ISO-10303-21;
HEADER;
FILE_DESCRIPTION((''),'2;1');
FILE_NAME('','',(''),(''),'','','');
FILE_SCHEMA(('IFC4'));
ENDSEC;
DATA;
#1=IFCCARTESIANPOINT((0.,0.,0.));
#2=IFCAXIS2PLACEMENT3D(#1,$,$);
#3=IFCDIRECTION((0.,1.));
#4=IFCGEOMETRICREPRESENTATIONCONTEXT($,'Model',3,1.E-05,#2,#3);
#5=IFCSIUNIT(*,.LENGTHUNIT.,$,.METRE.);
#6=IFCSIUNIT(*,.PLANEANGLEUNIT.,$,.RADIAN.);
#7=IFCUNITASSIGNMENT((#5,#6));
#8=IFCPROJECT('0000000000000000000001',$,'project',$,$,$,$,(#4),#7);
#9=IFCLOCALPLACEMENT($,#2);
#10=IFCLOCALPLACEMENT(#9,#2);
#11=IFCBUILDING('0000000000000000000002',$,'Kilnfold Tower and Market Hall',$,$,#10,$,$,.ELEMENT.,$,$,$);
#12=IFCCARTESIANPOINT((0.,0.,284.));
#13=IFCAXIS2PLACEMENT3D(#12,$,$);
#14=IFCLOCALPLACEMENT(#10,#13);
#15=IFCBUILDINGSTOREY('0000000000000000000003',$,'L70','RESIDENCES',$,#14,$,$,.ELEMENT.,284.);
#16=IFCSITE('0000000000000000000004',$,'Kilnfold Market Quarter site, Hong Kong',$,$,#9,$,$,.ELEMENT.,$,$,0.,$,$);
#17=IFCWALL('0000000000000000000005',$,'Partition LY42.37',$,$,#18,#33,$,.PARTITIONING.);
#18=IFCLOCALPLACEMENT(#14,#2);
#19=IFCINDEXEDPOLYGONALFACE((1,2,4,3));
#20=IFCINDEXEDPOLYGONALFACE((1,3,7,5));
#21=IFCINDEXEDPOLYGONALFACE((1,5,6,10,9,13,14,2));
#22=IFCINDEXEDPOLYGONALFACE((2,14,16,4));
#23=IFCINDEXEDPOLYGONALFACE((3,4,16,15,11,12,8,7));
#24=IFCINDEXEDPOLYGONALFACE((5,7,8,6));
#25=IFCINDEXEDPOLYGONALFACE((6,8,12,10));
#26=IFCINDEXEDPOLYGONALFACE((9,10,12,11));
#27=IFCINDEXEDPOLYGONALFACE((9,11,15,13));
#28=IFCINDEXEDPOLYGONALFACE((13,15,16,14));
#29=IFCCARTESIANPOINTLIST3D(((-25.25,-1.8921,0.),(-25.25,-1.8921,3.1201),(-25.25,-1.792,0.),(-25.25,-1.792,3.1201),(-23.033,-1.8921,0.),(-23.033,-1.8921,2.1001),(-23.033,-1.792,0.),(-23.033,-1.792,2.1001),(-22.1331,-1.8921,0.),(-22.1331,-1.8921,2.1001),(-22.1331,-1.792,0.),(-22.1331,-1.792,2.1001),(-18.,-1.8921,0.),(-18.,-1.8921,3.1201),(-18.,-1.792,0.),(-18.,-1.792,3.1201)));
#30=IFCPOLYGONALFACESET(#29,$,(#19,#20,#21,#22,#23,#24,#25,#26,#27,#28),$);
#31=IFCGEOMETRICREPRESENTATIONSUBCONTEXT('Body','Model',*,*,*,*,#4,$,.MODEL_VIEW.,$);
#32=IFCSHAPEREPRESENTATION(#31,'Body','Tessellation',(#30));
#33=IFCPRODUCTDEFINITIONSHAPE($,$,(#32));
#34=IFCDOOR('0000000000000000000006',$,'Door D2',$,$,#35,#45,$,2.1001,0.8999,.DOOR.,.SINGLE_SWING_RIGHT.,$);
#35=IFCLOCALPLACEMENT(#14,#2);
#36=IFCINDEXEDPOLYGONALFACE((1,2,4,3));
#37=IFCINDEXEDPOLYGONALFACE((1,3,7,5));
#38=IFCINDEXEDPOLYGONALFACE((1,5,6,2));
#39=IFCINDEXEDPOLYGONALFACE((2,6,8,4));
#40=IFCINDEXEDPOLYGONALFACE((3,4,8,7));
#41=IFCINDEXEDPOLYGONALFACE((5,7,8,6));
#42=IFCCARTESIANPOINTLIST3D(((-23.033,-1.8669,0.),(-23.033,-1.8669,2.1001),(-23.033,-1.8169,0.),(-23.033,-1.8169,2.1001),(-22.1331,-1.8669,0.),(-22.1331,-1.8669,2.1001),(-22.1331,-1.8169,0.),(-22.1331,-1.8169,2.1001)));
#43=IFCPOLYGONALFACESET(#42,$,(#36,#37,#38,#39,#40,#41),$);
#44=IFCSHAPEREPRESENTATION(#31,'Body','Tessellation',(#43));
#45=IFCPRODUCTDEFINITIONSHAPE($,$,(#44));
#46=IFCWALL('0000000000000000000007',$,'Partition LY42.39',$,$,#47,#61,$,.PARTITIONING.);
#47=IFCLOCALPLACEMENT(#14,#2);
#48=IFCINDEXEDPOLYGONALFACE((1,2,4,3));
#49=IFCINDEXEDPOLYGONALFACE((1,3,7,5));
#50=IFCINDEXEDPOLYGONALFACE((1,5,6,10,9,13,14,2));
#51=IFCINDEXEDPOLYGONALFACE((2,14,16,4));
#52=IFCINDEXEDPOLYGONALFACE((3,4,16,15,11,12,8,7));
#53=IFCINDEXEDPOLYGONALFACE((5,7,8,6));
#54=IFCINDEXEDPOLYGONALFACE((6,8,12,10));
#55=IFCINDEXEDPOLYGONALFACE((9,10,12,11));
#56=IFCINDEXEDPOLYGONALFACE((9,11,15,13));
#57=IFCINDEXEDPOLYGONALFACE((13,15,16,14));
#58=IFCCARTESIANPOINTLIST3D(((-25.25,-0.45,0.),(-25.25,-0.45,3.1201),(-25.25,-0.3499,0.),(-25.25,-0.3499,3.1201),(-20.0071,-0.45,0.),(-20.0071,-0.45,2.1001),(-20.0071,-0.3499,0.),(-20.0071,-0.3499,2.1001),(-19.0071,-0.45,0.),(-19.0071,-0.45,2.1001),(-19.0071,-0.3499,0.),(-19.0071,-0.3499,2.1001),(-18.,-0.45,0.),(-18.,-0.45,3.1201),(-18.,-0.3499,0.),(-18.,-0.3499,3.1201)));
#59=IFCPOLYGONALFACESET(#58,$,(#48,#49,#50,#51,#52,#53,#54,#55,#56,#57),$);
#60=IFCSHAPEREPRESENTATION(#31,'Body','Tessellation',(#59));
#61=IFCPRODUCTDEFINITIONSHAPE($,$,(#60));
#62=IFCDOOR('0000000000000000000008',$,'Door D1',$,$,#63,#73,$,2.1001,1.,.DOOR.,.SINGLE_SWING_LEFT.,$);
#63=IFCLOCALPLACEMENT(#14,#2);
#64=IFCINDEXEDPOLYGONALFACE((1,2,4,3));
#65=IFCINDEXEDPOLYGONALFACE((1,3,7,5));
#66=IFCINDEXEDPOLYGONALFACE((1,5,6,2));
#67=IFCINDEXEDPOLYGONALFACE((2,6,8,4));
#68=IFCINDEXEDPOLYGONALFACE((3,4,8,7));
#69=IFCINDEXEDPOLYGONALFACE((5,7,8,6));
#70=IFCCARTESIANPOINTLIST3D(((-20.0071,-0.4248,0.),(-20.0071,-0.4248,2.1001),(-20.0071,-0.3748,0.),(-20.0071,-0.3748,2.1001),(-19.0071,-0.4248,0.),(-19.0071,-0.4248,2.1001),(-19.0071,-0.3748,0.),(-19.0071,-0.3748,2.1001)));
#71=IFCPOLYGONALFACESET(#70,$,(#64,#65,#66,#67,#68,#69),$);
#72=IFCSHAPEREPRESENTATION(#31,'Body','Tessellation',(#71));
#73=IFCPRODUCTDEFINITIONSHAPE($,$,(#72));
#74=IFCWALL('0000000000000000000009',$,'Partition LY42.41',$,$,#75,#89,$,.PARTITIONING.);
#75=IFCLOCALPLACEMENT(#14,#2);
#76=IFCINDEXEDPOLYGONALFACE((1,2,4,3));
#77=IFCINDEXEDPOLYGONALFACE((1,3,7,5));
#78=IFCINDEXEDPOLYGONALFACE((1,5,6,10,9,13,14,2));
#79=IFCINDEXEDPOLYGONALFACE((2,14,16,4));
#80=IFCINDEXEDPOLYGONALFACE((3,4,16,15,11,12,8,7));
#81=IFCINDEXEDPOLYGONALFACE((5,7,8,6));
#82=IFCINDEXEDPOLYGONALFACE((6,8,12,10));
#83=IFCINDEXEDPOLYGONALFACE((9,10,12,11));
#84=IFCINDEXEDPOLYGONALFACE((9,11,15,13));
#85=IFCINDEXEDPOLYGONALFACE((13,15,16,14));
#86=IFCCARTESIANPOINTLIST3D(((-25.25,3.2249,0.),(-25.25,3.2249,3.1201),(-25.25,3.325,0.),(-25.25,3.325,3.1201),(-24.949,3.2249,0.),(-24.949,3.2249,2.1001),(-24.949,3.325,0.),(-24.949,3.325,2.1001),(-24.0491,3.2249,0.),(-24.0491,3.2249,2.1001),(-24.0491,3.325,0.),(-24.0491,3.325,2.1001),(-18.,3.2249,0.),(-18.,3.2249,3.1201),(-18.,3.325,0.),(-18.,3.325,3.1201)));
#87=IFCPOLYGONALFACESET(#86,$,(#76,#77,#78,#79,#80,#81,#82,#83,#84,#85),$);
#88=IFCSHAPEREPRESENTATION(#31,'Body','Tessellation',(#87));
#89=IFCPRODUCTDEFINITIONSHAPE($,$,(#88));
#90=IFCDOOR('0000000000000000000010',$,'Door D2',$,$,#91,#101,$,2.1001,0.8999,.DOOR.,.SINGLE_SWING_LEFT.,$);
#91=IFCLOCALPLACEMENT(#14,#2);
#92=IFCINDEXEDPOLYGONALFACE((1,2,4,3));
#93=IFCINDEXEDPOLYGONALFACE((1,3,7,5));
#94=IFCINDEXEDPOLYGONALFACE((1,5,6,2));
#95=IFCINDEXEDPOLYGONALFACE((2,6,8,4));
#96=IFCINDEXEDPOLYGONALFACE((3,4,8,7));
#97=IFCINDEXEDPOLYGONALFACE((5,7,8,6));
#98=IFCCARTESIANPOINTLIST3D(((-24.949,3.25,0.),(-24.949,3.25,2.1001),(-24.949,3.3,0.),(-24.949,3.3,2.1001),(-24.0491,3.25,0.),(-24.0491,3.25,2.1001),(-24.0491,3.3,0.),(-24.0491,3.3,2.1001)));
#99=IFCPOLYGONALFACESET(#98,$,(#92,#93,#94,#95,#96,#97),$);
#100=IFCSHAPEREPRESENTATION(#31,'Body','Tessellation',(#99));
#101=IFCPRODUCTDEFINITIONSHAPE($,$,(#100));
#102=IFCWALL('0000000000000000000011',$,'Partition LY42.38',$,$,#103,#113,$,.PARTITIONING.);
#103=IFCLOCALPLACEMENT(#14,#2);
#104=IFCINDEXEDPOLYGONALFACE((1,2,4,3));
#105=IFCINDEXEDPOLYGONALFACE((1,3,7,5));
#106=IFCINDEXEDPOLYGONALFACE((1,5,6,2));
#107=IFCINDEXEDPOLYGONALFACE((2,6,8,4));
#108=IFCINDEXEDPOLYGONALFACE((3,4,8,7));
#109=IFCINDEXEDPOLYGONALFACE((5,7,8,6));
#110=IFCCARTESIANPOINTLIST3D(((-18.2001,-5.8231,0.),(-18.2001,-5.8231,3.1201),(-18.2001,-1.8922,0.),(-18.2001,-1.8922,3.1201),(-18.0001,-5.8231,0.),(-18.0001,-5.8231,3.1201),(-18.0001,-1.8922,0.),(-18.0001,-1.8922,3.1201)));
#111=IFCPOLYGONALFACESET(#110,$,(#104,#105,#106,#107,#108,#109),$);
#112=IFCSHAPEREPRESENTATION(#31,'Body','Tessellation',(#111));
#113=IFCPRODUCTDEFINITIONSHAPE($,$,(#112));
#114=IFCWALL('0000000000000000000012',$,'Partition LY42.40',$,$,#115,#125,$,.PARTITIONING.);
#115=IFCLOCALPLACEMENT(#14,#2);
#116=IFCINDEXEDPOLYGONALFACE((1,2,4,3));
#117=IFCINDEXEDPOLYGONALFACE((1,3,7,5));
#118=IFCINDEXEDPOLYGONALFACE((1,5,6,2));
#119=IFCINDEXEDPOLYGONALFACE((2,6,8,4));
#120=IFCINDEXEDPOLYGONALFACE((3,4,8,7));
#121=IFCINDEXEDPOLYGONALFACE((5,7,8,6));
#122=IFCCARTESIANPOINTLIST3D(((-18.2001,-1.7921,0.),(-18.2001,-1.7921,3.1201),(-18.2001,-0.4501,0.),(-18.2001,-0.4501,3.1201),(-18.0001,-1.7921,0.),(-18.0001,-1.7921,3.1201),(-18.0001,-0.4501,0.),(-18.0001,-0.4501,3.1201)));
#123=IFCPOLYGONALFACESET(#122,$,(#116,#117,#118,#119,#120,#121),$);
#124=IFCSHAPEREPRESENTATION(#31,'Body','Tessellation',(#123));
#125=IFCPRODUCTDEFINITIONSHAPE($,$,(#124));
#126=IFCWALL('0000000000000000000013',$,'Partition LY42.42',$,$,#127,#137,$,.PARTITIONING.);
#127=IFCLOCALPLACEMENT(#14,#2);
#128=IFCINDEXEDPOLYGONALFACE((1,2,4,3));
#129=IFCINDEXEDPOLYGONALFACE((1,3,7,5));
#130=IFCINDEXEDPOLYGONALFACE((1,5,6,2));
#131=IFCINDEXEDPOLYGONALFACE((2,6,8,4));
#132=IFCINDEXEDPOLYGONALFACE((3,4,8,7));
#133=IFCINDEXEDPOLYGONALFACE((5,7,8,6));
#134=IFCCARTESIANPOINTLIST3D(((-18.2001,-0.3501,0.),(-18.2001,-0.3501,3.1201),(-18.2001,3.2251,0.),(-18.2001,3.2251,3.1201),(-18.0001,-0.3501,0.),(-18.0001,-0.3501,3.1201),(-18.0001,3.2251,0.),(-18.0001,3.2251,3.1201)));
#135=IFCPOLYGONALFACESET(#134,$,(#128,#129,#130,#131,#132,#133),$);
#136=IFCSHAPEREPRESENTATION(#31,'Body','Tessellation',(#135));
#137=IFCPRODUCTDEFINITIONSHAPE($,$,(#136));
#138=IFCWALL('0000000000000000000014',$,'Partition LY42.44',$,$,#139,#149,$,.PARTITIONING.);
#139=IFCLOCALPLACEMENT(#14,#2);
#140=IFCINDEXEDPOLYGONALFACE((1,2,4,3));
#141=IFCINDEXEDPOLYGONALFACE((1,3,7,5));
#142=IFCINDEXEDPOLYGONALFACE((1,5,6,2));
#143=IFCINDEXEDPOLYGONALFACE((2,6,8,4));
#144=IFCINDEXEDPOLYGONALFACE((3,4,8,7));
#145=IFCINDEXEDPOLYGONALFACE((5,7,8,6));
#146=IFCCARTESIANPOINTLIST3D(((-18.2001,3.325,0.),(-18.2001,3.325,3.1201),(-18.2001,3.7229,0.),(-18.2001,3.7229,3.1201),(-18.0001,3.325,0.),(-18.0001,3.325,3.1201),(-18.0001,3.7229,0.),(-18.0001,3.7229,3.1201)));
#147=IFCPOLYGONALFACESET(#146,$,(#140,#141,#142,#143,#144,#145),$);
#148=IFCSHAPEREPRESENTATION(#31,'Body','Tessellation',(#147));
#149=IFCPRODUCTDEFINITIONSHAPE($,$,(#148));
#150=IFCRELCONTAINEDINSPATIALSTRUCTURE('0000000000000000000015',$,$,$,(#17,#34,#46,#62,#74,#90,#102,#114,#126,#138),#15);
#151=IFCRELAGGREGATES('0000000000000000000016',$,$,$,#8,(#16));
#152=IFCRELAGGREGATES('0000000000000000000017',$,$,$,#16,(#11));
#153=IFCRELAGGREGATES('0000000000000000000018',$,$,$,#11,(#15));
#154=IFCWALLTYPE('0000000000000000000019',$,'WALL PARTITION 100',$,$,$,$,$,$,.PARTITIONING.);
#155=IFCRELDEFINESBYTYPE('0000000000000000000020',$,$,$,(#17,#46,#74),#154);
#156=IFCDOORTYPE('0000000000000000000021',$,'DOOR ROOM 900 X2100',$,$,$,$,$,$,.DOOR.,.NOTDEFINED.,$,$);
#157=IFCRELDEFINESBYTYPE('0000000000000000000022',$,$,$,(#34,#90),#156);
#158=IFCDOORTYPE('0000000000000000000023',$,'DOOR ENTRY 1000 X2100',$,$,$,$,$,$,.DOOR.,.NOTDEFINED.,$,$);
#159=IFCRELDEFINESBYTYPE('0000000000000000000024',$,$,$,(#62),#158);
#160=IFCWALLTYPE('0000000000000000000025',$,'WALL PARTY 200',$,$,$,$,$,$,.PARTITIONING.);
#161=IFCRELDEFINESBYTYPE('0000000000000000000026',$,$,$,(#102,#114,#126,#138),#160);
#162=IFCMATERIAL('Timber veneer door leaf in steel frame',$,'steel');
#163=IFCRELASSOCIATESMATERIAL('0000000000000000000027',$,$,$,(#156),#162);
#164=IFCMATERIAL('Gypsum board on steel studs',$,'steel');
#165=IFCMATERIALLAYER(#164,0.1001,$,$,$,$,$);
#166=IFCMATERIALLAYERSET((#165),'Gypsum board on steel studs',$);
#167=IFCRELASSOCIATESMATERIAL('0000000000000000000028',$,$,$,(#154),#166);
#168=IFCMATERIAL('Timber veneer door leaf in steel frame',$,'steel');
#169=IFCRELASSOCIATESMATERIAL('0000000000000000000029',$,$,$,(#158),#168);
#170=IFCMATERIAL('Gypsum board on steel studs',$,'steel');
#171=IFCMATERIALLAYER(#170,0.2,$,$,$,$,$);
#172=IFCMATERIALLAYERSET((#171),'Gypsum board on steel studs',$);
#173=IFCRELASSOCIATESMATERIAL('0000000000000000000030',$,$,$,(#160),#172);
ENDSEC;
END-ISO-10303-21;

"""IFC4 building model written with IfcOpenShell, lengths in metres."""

from ifc_helpers import new_model, si_unit, direction, frame, frame_2d, origin, place, context, subcontext, project, spatial, rectangle, extrude, material, layer, layer_set, type_object, element, fill, save


model = new_model("IFC4")

# Units and contexts
model_context = context("Model", 3, precision=1e-05, world=origin(), true_north=direction((0.0, 1.0)))
body_context = subcontext(model_context, "Body", "Model", "MODEL_VIEW")
ifc_project = project(units=[si_unit("LENGTHUNIT", "METRE"), si_unit("PLANEANGLEUNIT", "RADIAN")], contexts=[model_context])

# Site, building, storey
site_placement = place(None, origin())
site = spatial("IfcSite", under=ifc_project, at=site_placement, Name="Kilnfold Market Quarter site, Hong Kong", CompositionType="ELEMENT", RefElevation=0.0)
building_placement = place(site_placement, origin())
building = spatial("IfcBuilding", under=site, at=building_placement, Name="Kilnfold Tower and Market Hall", CompositionType="ELEMENT")
storey_placement = place(building_placement, frame((0.0, 0.0, 284.0)))
storey = spatial("IfcBuildingStorey", under=building, at=storey_placement, Name="L70", Description="RESIDENCES", CompositionType="ELEMENT", Elevation=284.0)

# Walls, openings, doors
ifc_material_1 = material(Name="Timber veneer door leaf in steel frame", Category="steel")
door_type_1 = type_object("IfcDoorType", Name="DOOR ROOM 900 X2100", OperationType="NOTDEFINED", PredefinedType="DOOR", material=ifc_material_1)
ifc_material_2 = material(Name="Gypsum board on steel studs", Category="steel")
ifc_layer_1 = layer(ifc_material_2, 0.1001)
ifc_layer_set_1 = layer_set([ifc_layer_1], Name="Gypsum board on steel studs")
wall_type_1 = type_object("IfcWallType", Name="WALL PARTITION 100", PredefinedType="PARTITIONING", material=ifc_layer_set_1)
wall_1_placement = place(storey_placement, frame((-18.0, -1.842, 0.0), z_axis=(0.0, 0.0, 1.0), x_axis=(-1.0, 0.0, 0.0)))
wall_1 = element("IfcWall", 1, at=wall_1_placement, inside=storey, type_object=wall_type_1, Name="Partition LY42.37", PredefinedType="PARTITIONING", context=body_context, shape_type="SweptSolid", body=[
    extrude(rectangle(XDim=7.25, YDim=0.1001, at=frame_2d((3.625, 0.0))), origin(), (0.0, 0.0, 1.0), 3.1201),
])
opening_1_placement = place(wall_1_placement, frame((4.1331, 0.0, 0.0)))
opening_1 = element("IfcOpeningElement", 2, at=opening_1_placement, cuts=wall_1, PredefinedType="OPENING", context=body_context, shape_type="SweptSolid", body=[
    extrude(rectangle(XDim=0.8999, YDim=2.1001, at=frame_2d((0.45, 1.05))), frame((0.0, 0.0601, 0.0), z_axis=(0.0, -1.0, 0.0), x_axis=(1.0, 0.0, 0.0)), (0.0, 0.0, 1.0), 0.1201),
])
door_1_placement = place(opening_1_placement, origin())
door_1 = element("IfcDoor", 3, at=door_1_placement, inside=storey, type_object=door_type_1, Name="Door D2", OperationType="SINGLE_SWING_RIGHT", OverallHeight=2.1001, OverallWidth=0.8999, PredefinedType="DOOR", context=body_context, shape_type="SweptSolid", body=[
    extrude(rectangle(XDim=0.8999, YDim=2.1001, at=frame_2d((0.45, 1.05))), frame((0.0, 0.0249, 0.0), z_axis=(0.0, -1.0, 0.0), x_axis=(1.0, 0.0, 0.0)), (0.0, 0.0, 1.0), 0.05),
])
fill(opening_1, door_1)
wall_2_placement = place(storey_placement, frame((-18.0, -0.3999, 0.0), z_axis=(0.0, 0.0, 1.0), x_axis=(-1.0, 0.0, 0.0)))
wall_2 = element("IfcWall", 4, at=wall_2_placement, inside=storey, type_object=wall_type_1, Name="Partition LY42.39", PredefinedType="PARTITIONING", context=body_context, shape_type="SweptSolid", body=[
    extrude(rectangle(XDim=7.25, YDim=0.1001, at=frame_2d((3.625, 0.0))), origin(), (0.0, 0.0, 1.0), 3.1201),
])
opening_2_placement = place(wall_2_placement, frame((1.0071, 0.0, 0.0)))
opening_2 = element("IfcOpeningElement", 5, at=opening_2_placement, cuts=wall_2, PredefinedType="OPENING", context=body_context, shape_type="SweptSolid", body=[
    extrude(rectangle(XDim=1.0, YDim=2.1001, at=frame_2d((0.5, 1.05))), frame((0.0, 0.0601, 0.0), z_axis=(0.0, -1.0, 0.0), x_axis=(1.0, 0.0, 0.0)), (0.0, 0.0, 1.0), 0.1201),
])
ifc_material_3 = material(Name="Timber veneer door leaf in steel frame", Category="steel")
door_type_2 = type_object("IfcDoorType", Name="DOOR ENTRY 1000 X2100", OperationType="NOTDEFINED", PredefinedType="DOOR", material=ifc_material_3)
door_2_placement = place(opening_2_placement, origin())
door_2 = element("IfcDoor", 6, at=door_2_placement, inside=storey, type_object=door_type_2, Name="Door D1", OperationType="SINGLE_SWING_LEFT", OverallHeight=2.1001, OverallWidth=1.0, PredefinedType="DOOR", context=body_context, shape_type="SweptSolid", body=[
    extrude(rectangle(XDim=1.0, YDim=2.1001, at=frame_2d((0.5, 1.05))), frame((0.0, 0.0249, 0.0), z_axis=(0.0, -1.0, 0.0), x_axis=(1.0, 0.0, 0.0)), (0.0, 0.0, 1.0), 0.05),
])
fill(opening_2, door_2)
wall_3_placement = place(storey_placement, frame((-18.0, 3.2749, 0.0), z_axis=(0.0, 0.0, 1.0), x_axis=(-1.0, 0.0, 0.0)))
wall_3 = element("IfcWall", 7, at=wall_3_placement, inside=storey, type_object=wall_type_1, Name="Partition LY42.41", PredefinedType="PARTITIONING", context=body_context, shape_type="SweptSolid", body=[
    extrude(rectangle(XDim=7.25, YDim=0.1001, at=frame_2d((3.625, 0.0))), origin(), (0.0, 0.0, 1.0), 3.1201),
])
opening_3_placement = place(wall_3_placement, frame((6.0491, 0.0, 0.0)))
opening_3 = element("IfcOpeningElement", 8, at=opening_3_placement, cuts=wall_3, PredefinedType="OPENING", context=body_context, shape_type="SweptSolid", body=[
    extrude(rectangle(XDim=0.8999, YDim=2.1001, at=frame_2d((0.45, 1.05))), frame((0.0, 0.0601, 0.0), z_axis=(0.0, -1.0, 0.0), x_axis=(1.0, 0.0, 0.0)), (0.0, 0.0, 1.0), 0.1201),
])
door_3_placement = place(opening_3_placement, origin())
door_3 = element("IfcDoor", 9, at=door_3_placement, inside=storey, type_object=door_type_1, Name="Door D2", OperationType="SINGLE_SWING_LEFT", OverallHeight=2.1001, OverallWidth=0.8999, PredefinedType="DOOR", context=body_context, shape_type="SweptSolid", body=[
    extrude(rectangle(XDim=0.8999, YDim=2.1001, at=frame_2d((0.45, 1.05))), frame((0.0, 0.0249, 0.0), z_axis=(0.0, -1.0, 0.0), x_axis=(1.0, 0.0, 0.0)), (0.0, 0.0, 1.0), 0.05),
])
fill(opening_3, door_3)

# Walls
ifc_material_4 = material(Name="Gypsum board on steel studs", Category="steel")
ifc_layer_2 = layer(ifc_material_4, 0.2)
ifc_layer_set_2 = layer_set([ifc_layer_2], Name="Gypsum board on steel studs")
wall_type_2 = type_object("IfcWallType", Name="WALL PARTY 200", PredefinedType="PARTITIONING", material=ifc_layer_set_2)
wall_4_placement = place(storey_placement, frame((-18.1001, -5.823, 0.0), z_axis=(0.0, 0.0, 1.0), x_axis=(0.0, 1.0, 0.0)))
element("IfcWall", 10, at=wall_4_placement, inside=storey, type_object=wall_type_2, Name="Partition LY42.38", PredefinedType="PARTITIONING", context=body_context, shape_type="SweptSolid", body=[
    extrude(rectangle(XDim=3.9309, YDim=0.2, at=frame_2d((1.9653, 0.0))), origin(), (0.0, 0.0, 1.0), 3.1201),
])
wall_5_placement = place(storey_placement, frame((-18.1001, -1.792, 0.0), z_axis=(0.0, 0.0, 1.0), x_axis=(0.0, 1.0, 0.0)))
element("IfcWall", 11, at=wall_5_placement, inside=storey, type_object=wall_type_2, Name="Partition LY42.40", PredefinedType="PARTITIONING", context=body_context, shape_type="SweptSolid", body=[
    extrude(rectangle(XDim=1.342, YDim=0.2, at=frame_2d((0.6709, 0.0))), origin(), (0.0, 0.0, 1.0), 3.1201),
])
wall_6_placement = place(storey_placement, frame((-18.1001, -0.3501, 0.0), z_axis=(0.0, 0.0, 1.0), x_axis=(0.0, 1.0, 0.0)))
element("IfcWall", 12, at=wall_6_placement, inside=storey, type_object=wall_type_2, Name="Partition LY42.42", PredefinedType="PARTITIONING", context=body_context, shape_type="SweptSolid", body=[
    extrude(rectangle(XDim=3.5752, YDim=0.2, at=frame_2d((1.7876, 0.0))), origin(), (0.0, 0.0, 1.0), 3.1201),
])
wall_7_placement = place(storey_placement, frame((-18.1001, 3.325, 0.0), z_axis=(0.0, 0.0, 1.0), x_axis=(0.0, 1.0, 0.0)))
element("IfcWall", 13, at=wall_7_placement, inside=storey, type_object=wall_type_2, Name="Partition LY42.44", PredefinedType="PARTITIONING", context=body_context, shape_type="SweptSolid", body=[
    extrude(rectangle(XDim=0.3979, YDim=0.2, at=frame_2d((0.199, 0.0))), origin(), (0.0, 0.0, 1.0), 3.1201),
])

save(model, "model.ifc")
